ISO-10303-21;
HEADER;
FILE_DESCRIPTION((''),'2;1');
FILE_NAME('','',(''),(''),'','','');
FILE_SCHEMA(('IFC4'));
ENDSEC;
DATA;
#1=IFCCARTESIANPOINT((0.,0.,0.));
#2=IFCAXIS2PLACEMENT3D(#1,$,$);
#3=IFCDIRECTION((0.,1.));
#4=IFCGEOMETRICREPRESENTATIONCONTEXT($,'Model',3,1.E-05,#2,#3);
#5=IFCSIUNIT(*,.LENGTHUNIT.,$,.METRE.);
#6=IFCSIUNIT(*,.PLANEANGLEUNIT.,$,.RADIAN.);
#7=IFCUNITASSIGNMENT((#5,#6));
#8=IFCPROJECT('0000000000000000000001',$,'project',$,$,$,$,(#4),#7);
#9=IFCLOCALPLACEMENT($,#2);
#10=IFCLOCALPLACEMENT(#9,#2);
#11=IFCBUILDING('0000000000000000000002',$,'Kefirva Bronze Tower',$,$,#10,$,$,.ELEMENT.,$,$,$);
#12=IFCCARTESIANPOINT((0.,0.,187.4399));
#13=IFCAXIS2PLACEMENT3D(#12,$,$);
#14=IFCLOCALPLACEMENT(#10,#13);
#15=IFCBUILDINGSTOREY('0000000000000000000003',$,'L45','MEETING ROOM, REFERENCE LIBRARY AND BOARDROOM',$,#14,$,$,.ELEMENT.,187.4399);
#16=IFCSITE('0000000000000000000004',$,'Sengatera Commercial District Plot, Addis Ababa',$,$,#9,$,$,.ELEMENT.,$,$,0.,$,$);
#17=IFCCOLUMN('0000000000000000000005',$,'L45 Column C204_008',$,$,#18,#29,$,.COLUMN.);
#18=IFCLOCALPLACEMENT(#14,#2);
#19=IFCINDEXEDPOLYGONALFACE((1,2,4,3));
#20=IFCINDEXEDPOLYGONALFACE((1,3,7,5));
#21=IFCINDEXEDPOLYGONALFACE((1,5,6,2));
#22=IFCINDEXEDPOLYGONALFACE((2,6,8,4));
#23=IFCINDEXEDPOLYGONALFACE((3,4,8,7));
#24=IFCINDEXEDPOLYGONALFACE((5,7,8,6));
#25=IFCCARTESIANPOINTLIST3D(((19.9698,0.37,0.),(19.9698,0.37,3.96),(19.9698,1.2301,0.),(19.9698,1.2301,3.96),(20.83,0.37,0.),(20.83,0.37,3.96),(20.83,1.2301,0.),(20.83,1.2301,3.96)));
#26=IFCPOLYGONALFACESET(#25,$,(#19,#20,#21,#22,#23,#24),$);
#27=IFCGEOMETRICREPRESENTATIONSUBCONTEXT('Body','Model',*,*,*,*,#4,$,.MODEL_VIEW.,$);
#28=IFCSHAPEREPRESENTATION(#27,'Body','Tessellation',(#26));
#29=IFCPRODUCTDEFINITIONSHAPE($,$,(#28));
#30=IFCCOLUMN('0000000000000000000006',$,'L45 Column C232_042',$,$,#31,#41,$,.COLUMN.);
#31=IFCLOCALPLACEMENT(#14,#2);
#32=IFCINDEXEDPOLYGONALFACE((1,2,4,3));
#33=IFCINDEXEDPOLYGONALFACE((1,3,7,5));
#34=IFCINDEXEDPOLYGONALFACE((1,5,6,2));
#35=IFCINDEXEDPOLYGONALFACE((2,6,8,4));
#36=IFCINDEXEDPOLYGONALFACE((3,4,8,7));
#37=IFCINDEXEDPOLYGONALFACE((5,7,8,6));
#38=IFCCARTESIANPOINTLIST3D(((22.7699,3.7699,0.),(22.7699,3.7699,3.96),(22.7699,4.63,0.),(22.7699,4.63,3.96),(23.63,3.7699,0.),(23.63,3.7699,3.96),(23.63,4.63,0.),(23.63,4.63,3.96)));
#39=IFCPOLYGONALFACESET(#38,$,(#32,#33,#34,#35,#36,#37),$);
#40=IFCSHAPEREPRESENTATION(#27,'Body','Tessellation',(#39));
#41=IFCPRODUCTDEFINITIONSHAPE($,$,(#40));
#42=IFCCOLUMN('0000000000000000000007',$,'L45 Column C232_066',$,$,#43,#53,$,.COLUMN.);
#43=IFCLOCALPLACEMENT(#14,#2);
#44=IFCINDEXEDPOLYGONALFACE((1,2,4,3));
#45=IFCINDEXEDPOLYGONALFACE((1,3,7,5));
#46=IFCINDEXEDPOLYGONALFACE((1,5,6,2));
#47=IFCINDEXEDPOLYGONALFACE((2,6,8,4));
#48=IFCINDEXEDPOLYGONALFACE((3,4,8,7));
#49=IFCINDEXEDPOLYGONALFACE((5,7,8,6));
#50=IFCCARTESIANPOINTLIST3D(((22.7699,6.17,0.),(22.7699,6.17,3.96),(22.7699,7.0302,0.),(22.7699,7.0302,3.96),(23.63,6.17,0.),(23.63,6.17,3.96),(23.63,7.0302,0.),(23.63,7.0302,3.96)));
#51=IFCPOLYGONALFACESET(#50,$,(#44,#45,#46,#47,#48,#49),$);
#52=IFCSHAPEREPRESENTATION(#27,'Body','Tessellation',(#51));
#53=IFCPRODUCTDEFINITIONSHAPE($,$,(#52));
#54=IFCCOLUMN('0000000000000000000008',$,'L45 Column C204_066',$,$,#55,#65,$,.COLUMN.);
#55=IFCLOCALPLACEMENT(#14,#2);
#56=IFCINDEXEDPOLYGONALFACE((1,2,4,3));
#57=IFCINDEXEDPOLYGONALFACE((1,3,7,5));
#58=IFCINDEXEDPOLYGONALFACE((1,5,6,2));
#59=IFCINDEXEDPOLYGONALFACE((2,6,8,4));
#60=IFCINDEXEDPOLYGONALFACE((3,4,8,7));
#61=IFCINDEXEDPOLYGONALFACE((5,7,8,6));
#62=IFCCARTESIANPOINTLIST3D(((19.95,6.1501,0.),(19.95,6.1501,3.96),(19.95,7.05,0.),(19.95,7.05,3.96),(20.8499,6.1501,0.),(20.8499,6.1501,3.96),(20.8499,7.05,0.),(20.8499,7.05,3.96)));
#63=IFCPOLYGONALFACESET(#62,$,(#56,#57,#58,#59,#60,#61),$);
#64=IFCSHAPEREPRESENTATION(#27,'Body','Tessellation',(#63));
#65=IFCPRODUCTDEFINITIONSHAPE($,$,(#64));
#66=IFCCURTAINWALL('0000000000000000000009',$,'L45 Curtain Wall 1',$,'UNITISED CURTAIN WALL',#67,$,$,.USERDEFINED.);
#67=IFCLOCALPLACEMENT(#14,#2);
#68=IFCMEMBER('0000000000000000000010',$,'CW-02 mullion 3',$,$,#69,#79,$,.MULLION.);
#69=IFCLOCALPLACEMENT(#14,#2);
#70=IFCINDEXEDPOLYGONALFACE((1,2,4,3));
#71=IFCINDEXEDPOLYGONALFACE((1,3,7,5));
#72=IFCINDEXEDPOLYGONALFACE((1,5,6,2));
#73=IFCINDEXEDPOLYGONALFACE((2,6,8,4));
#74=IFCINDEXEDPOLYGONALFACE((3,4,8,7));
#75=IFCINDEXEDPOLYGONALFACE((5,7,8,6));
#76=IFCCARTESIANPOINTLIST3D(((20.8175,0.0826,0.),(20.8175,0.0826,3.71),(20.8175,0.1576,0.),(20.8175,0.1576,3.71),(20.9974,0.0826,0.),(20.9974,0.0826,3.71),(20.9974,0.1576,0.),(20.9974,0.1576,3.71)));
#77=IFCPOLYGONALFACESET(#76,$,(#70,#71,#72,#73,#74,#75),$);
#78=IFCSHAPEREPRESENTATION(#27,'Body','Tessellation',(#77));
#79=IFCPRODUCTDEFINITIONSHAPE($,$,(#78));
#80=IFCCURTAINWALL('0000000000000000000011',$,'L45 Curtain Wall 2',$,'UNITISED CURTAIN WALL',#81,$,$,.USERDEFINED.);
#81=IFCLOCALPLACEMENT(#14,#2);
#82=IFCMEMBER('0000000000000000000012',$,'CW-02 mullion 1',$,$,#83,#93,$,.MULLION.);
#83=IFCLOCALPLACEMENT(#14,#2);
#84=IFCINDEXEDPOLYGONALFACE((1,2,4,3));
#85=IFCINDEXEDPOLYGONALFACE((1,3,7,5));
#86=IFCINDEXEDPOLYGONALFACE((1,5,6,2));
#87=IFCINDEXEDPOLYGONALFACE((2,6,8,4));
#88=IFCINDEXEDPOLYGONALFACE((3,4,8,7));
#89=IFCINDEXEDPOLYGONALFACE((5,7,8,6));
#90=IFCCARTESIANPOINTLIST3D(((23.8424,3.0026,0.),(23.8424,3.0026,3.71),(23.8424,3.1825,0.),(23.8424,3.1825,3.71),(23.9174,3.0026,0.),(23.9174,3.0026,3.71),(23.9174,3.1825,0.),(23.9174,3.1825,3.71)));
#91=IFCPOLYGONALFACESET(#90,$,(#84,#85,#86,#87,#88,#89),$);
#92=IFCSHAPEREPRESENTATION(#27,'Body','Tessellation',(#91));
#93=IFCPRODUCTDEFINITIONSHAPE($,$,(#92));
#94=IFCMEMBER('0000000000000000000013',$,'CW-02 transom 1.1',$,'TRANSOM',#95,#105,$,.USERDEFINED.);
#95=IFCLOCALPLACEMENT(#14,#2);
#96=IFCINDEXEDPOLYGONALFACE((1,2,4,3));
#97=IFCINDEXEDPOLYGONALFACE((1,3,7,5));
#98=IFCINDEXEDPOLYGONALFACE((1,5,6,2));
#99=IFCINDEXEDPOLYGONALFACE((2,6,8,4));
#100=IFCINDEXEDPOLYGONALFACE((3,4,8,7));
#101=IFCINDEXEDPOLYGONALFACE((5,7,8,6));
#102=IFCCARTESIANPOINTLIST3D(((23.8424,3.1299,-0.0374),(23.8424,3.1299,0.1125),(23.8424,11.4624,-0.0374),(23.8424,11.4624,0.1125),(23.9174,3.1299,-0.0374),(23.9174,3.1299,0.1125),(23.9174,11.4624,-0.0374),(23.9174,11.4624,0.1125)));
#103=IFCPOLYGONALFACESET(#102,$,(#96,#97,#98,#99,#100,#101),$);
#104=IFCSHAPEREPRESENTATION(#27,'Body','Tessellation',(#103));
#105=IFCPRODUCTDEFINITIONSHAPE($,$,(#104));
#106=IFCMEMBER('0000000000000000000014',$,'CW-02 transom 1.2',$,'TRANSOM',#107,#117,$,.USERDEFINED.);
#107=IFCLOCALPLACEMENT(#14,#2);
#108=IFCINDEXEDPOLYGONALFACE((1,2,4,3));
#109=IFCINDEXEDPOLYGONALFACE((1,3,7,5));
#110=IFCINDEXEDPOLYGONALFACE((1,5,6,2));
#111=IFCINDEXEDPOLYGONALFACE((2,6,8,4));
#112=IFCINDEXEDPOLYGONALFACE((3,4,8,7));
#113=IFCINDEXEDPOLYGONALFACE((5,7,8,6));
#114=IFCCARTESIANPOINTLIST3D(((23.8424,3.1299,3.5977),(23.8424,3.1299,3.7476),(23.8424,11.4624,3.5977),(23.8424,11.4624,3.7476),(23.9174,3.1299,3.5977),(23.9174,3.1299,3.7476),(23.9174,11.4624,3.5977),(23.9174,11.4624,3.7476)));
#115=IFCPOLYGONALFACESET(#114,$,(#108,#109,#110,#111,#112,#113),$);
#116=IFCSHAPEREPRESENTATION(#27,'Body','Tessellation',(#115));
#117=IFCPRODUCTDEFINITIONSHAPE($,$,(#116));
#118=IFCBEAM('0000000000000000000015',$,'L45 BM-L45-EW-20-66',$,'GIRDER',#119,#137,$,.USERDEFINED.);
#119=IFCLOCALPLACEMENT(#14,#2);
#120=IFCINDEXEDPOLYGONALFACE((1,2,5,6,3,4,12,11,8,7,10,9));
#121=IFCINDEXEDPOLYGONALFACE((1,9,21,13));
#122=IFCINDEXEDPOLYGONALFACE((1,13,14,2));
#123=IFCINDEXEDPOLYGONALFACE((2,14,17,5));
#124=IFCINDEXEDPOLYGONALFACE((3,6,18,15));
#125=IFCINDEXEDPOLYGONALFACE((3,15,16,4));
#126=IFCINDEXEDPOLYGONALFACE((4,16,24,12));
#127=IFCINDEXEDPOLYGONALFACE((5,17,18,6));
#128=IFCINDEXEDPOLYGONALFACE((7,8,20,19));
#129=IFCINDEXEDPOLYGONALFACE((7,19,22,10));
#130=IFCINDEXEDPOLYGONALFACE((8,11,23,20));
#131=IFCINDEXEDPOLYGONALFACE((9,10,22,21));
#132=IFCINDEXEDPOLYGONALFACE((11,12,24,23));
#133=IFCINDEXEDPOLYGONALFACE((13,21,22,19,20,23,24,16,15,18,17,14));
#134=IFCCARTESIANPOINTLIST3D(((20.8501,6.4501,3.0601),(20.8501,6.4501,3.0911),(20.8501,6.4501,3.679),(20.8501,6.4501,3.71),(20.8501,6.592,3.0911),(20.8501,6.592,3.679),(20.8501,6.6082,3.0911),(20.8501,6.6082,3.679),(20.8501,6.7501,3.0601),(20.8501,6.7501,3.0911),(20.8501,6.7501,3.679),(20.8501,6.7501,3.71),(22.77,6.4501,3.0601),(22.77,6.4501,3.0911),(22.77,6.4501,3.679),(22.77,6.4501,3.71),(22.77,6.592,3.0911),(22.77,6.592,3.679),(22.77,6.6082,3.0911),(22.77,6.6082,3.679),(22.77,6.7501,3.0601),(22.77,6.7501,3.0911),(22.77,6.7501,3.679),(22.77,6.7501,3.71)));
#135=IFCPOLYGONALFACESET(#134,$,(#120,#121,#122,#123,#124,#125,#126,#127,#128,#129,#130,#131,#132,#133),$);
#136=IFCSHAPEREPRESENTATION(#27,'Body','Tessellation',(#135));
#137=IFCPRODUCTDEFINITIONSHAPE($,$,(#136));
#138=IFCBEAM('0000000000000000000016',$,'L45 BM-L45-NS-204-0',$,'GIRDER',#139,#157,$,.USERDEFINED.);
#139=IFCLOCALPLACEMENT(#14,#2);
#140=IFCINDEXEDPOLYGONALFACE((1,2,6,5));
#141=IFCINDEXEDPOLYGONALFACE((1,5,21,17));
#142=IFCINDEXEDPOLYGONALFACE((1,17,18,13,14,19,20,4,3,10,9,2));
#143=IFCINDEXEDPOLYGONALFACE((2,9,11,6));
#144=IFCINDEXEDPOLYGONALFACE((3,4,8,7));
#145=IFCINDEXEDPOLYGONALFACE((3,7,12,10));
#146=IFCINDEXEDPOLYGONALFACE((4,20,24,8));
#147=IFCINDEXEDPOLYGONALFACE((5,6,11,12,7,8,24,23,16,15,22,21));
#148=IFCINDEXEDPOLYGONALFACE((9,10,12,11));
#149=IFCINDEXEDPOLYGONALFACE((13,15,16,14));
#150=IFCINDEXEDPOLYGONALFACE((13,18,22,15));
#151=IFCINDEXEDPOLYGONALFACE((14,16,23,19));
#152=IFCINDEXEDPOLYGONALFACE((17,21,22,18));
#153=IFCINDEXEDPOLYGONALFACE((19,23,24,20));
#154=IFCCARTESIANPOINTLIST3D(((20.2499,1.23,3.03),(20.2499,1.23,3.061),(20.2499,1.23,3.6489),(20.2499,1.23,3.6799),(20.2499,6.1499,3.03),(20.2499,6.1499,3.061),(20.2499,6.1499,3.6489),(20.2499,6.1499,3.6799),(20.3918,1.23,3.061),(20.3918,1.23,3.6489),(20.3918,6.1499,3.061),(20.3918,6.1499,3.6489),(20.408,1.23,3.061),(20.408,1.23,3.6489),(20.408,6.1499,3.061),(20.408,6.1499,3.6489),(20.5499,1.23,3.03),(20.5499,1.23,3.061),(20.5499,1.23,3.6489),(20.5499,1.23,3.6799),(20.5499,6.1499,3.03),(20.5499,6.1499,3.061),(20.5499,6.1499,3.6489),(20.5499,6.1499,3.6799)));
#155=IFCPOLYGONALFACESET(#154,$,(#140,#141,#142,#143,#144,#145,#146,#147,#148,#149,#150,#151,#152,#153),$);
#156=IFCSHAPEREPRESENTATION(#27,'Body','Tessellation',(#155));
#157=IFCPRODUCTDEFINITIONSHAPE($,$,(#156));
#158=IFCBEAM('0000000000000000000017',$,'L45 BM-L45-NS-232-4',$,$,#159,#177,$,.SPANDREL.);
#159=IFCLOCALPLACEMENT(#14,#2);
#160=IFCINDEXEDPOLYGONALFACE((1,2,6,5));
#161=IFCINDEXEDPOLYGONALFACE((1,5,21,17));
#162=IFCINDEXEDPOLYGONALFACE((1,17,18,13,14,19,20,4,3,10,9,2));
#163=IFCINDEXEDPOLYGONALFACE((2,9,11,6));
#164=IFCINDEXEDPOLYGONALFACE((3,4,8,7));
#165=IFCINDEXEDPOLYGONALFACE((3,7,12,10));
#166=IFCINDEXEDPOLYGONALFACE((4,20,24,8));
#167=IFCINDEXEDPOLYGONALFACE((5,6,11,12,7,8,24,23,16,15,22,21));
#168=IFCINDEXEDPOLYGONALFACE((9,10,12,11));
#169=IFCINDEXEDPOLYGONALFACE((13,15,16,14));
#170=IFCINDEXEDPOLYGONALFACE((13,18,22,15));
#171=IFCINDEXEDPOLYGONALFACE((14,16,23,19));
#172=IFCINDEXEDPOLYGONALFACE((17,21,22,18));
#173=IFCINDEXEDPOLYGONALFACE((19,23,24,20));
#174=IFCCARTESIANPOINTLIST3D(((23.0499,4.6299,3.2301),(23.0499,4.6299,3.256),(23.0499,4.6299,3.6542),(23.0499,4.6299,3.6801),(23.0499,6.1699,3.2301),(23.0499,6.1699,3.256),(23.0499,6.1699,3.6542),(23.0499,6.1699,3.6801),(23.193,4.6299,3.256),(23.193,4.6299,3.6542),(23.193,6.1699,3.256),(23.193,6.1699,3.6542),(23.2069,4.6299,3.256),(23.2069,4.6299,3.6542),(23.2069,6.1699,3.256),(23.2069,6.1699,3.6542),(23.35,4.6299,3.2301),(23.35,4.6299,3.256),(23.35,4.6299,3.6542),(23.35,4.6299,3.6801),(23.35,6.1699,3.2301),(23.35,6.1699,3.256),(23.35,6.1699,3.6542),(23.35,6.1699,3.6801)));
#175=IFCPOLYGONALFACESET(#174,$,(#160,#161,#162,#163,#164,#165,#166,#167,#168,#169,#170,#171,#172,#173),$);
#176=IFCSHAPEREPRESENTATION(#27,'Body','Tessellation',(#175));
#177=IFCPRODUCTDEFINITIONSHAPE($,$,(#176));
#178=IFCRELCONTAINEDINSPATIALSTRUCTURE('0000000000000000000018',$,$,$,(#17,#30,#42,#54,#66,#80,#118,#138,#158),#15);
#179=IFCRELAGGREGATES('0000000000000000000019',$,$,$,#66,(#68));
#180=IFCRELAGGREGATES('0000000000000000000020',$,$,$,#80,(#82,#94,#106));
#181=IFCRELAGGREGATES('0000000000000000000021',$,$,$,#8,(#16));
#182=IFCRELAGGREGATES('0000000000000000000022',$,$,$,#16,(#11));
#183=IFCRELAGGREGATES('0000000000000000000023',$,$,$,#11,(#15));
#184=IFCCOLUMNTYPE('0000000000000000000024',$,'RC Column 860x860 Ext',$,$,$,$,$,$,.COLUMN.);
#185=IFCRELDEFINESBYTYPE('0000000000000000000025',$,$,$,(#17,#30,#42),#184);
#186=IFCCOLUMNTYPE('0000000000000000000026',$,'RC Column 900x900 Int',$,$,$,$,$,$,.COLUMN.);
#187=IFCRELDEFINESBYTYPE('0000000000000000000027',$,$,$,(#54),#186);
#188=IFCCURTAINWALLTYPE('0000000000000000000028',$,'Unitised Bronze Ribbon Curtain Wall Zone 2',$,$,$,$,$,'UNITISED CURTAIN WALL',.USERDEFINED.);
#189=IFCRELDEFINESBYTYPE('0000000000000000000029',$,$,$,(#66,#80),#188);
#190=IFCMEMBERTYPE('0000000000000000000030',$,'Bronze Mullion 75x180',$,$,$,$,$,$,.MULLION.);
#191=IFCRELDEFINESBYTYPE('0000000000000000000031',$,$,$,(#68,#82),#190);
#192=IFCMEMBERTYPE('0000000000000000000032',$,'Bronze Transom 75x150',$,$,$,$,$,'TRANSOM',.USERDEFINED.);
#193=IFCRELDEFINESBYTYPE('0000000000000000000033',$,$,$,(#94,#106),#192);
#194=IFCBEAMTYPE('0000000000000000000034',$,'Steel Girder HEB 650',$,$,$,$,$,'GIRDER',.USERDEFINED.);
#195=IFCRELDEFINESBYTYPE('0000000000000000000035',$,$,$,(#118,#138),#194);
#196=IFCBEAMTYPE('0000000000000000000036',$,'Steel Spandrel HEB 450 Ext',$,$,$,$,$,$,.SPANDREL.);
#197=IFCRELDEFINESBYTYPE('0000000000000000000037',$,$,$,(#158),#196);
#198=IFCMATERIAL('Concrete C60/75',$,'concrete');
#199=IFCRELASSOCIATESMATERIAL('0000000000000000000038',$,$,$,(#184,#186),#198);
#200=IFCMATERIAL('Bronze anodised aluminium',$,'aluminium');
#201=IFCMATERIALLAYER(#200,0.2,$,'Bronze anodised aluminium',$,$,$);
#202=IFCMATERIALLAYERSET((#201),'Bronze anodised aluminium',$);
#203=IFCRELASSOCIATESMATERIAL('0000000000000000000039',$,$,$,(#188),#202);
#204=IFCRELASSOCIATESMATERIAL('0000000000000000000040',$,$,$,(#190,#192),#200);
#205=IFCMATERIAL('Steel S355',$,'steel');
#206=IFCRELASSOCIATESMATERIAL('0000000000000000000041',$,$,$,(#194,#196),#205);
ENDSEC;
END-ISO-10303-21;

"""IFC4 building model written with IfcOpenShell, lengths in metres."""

from ifc_helpers import new_model, si_unit, direction, frame, origin, origin_2d, place, context, subcontext, project, spatial, rectangle, i_section, extrude, material, layer, layer_set, material_profile, profile_set, type_object, element, aggregate, save


model = new_model("IFC4")

# Units and contexts
model_context = context("Model", 3, precision=1e-05, world=origin(), true_north=direction((0.0, 1.0)))
body_context = subcontext(model_context, "Body", "Model", "MODEL_VIEW")
ifc_project = project(units=[si_unit("LENGTHUNIT", "METRE"), si_unit("PLANEANGLEUNIT", "RADIAN")], contexts=[model_context])

# Site, building, storey
site_placement = place(None, origin())
site = spatial("IfcSite", under=ifc_project, at=site_placement, Name="Sengatera Commercial District Plot, Addis Ababa", CompositionType="ELEMENT", RefElevation=0.0)
building_placement = place(site_placement, origin())
building = spatial("IfcBuilding", under=site, at=building_placement, Name="Kefirva Bronze Tower", CompositionType="ELEMENT")
storey_placement = place(building_placement, frame((0.0, 0.0, 187.4399)))
storey = spatial("IfcBuildingStorey", under=building, at=storey_placement, Name="L45", Description="MEETING ROOM, REFERENCE LIBRARY AND BOARDROOM", CompositionType="ELEMENT", Elevation=187.4399)

# Columns
ifc_material_1 = material(Name="Concrete C60/75", Category="concrete")
ifc_material_profile_1 = material_profile(ifc_material_1, rectangle(XDim=0.8601, YDim=0.8601, at=origin_2d()), Name="RC 860x860")
ifc_profile_set_1 = profile_set([ifc_material_profile_1], Name="Concrete C60/75")
column_type_1 = type_object("IfcColumnType", Name="RC Column 860x860 Ext", PredefinedType="COLUMN", material=ifc_profile_set_1)
for number, where, z_axis, x_axis, name in (
    (1, (20.3999, 0.8, 0.0), (0.0, 0.0, 1.0), (1.0, 0.0, 0.0), "L45 Column C204_008"),
    (2, (23.2, 4.2, 0.0), (0.0, 0.0, 1.0), (1.0, 0.0, 0.0), "L45 Column C232_042"),
    (3, (23.2, 6.6001, 0.0), (0.0, 0.0, 1.0), (1.0, 0.0, 0.0), "L45 Column C232_066"),
):
    element("IfcColumn", number, at=place(storey_placement, frame(where, z_axis=z_axis, x_axis=x_axis)), inside=storey, type_object=column_type_1, Name=name, PredefinedType="COLUMN", context=body_context, shape_type="SweptSolid", body=[
        extrude(rectangle(XDim=0.8601, YDim=0.8601, at=origin_2d()), origin(), (0.0, 0.0, 1.0), 3.96),
    ])
ifc_material_profile_2 = material_profile(ifc_material_1, rectangle(XDim=0.8999, YDim=0.8999, at=origin_2d()), Name="RC 900x900")
ifc_profile_set_2 = profile_set([ifc_material_profile_2], Name="Concrete C60/75")
column_type_2 = type_object("IfcColumnType", Name="RC Column 900x900 Int", PredefinedType="COLUMN", material=ifc_profile_set_2)
column_placement = place(storey_placement, frame((20.3999, 6.6001, 0.0), z_axis=(0.0, 0.0, 1.0), x_axis=(1.0, 0.0, 0.0)))
element("IfcColumn", 4, at=column_placement, inside=storey, type_object=column_type_2, Name="L45 Column C204_066", PredefinedType="COLUMN", context=body_context, shape_type="SweptSolid", body=[
    extrude(rectangle(XDim=0.8999, YDim=0.8999, at=origin_2d()), origin(), (0.0, 0.0, 1.0), 3.96),
])

# Curtain wall, member
ifc_material_2 = material(Name="Bronze anodised aluminium", Category="aluminium")
ifc_layer_1 = layer(ifc_material_2, 0.2, Name="Bronze anodised aluminium")
ifc_layer_set_1 = layer_set([ifc_layer_1], Name="Bronze anodised aluminium")
curtain_wall_type = type_object("IfcCurtainWallType", Name="Unitised Bronze Ribbon Curtain Wall Zone 2", ElementType="UNITISED CURTAIN WALL", PredefinedType="USERDEFINED", material=ifc_layer_set_1)
curtain_wall_1_placement = place(storey_placement, origin())
curtain_wall_1 = element("IfcCurtainWall", 5, at=curtain_wall_1_placement, inside=storey, type_object=curtain_wall_type, Name="L45 Curtain Wall 1", ObjectType="UNITISED CURTAIN WALL", PredefinedType="USERDEFINED")
ifc_material_profile_3 = material_profile(ifc_material_2, rectangle(XDim=0.075, YDim=0.1799, at=origin_2d()), Name="ALU 75x180")
ifc_profile_set_3 = profile_set([ifc_material_profile_3], Name="Bronze anodised aluminium")
member_type_1 = type_object("IfcMemberType", Name="Bronze Mullion 75x180", PredefinedType="MULLION", material=ifc_profile_set_3)
member_1_placement = place(storey_placement, frame((20.9075, 0.1201, 0.0), z_axis=(0.0, 0.0, 1.0), x_axis=(0.0, 1.0, 0.0)))
member_1 = element("IfcMember", 6, at=member_1_placement, type_object=member_type_1, Name="CW-02 mullion 3", PredefinedType="MULLION", context=body_context, shape_type="SweptSolid", body=[
    extrude(rectangle(XDim=0.075, YDim=0.1799, at=origin_2d()), origin(), (0.0, 0.0, 1.0), 3.71),
])
aggregate(curtain_wall_1, [member_1])

# Curtain wall, members
curtain_wall_2_placement = place(storey_placement, origin())
curtain_wall_2 = element("IfcCurtainWall", 7, at=curtain_wall_2_placement, inside=storey, type_object=curtain_wall_type, Name="L45 Curtain Wall 2", ObjectType="UNITISED CURTAIN WALL", PredefinedType="USERDEFINED")
member_2_placement = place(storey_placement, frame((23.8799, 3.0925, 0.0), z_axis=(0.0, 0.0, 1.0), x_axis=(-1.0, 0.0, 0.0)))
member_2 = element("IfcMember", 8, at=member_2_placement, type_object=member_type_1, Name="CW-02 mullion 1", PredefinedType="MULLION", context=body_context, shape_type="SweptSolid", body=[
    extrude(rectangle(XDim=0.075, YDim=0.1799, at=origin_2d()), origin(), (0.0, 0.0, 1.0), 3.71),
])
ifc_material_profile_4 = material_profile(ifc_material_2, rectangle(XDim=0.075, YDim=0.1499, at=origin_2d()), Name="ALU 75x150")
ifc_profile_set_4 = profile_set([ifc_material_profile_4], Name="Bronze anodised aluminium")
member_type_2 = type_object("IfcMemberType", Name="Bronze Transom 75x150", ElementType="TRANSOM", PredefinedType="USERDEFINED", material=ifc_profile_set_4)
member_3_placement = place(storey_placement, frame((23.8799, 3.1299, 0.0376), z_axis=(0.0, 1.0, 0.0), x_axis=(-1.0, 0.0, 0.0)))
member_3 = element("IfcMember", 9, at=member_3_placement, type_object=member_type_2, Name="CW-02 transom 1.1", ObjectType="TRANSOM", PredefinedType="USERDEFINED", context=body_context, shape_type="SweptSolid", body=[
    extrude(rectangle(XDim=0.075, YDim=0.1499, at=origin_2d()), origin(), (0.0, 0.0, 1.0), 8.3325),
])
member_4_placement = place(storey_placement, frame((23.8799, 3.1299, 3.6726), z_axis=(0.0, 1.0, 0.0), x_axis=(-1.0, 0.0, 0.0)))
member_4 = element("IfcMember", 10, at=member_4_placement, type_object=member_type_2, Name="CW-02 transom 1.2", ObjectType="TRANSOM", PredefinedType="USERDEFINED", context=body_context, shape_type="SweptSolid", body=[
    extrude(rectangle(XDim=0.075, YDim=0.1499, at=origin_2d()), origin(), (0.0, 0.0, 1.0), 8.3325),
])

# Beams
ifc_material_3 = material(Name="Steel S355", Category="steel")
ifc_material_profile_5 = material_profile(ifc_material_3, i_section(OverallWidth=0.3, OverallDepth=0.6499, WebThickness=0.0161, FlangeThickness=0.031, at=origin_2d()), Name="HEB 650")
ifc_profile_set_5 = profile_set([ifc_material_profile_5], Name="Steel S355")
beam_type_1 = type_object("IfcBeamType", Name="Steel Girder HEB 650", ElementType="GIRDER", PredefinedType="USERDEFINED", material=ifc_profile_set_5)
beam_1_placement = place(storey_placement, frame((20.8501, 6.6001, 3.385), z_axis=(1.0, 0.0, 0.0), x_axis=(0.0, 1.0, 0.0)))
element("IfcBeam", 11, at=beam_1_placement, inside=storey, type_object=beam_type_1, Name="L45 BM-L45-EW-20-66", ObjectType="GIRDER", PredefinedType="USERDEFINED", context=body_context, shape_type="SweptSolid", body=[
    extrude(i_section(OverallWidth=0.3, OverallDepth=0.6499, WebThickness=0.0161, FlangeThickness=0.031, at=origin_2d()), origin(), (0.0, 0.0, 1.0), 1.9199),
])
beam_2_placement = place(storey_placement, frame((20.3999, 1.23, 3.355), z_axis=(0.0, 1.0, 0.0), x_axis=(-1.0, 0.0, 0.0)))
element("IfcBeam", 12, at=beam_2_placement, inside=storey, type_object=beam_type_1, Name="L45 BM-L45-NS-204-0", ObjectType="GIRDER", PredefinedType="USERDEFINED", context=body_context, shape_type="SweptSolid", body=[
    extrude(i_section(OverallWidth=0.3, OverallDepth=0.6499, WebThickness=0.0161, FlangeThickness=0.031, at=origin_2d()), origin(), (0.0, 0.0, 1.0), 4.9199),
])
ifc_material_profile_6 = material_profile(ifc_material_3, i_section(OverallWidth=0.3, OverallDepth=0.45, WebThickness=0.0139, FlangeThickness=0.0259, at=origin_2d()), Name="HEB 450")
ifc_profile_set_6 = profile_set([ifc_material_profile_6], Name="Steel S355")
beam_type_2 = type_object("IfcBeamType", Name="Steel Spandrel HEB 450 Ext", PredefinedType="SPANDREL", material=ifc_profile_set_6)
beam_3_placement = place(storey_placement, frame((23.2, 4.6299, 3.4551), z_axis=(0.0, 1.0, 0.0), x_axis=(-1.0, 0.0, 0.0)))
element("IfcBeam", 13, at=beam_3_placement, inside=storey, type_object=beam_type_2, Name="L45 BM-L45-NS-232-4", PredefinedType="SPANDREL", context=body_context, shape_type="SweptSolid", body=[
    extrude(i_section(OverallWidth=0.3, OverallDepth=0.45, WebThickness=0.0139, FlangeThickness=0.0259, at=origin_2d()), origin(), (0.0, 0.0, 1.0), 1.54),
])

aggregate(curtain_wall_2, [member_2, member_3, member_4])

save(model, "model.ifc")
